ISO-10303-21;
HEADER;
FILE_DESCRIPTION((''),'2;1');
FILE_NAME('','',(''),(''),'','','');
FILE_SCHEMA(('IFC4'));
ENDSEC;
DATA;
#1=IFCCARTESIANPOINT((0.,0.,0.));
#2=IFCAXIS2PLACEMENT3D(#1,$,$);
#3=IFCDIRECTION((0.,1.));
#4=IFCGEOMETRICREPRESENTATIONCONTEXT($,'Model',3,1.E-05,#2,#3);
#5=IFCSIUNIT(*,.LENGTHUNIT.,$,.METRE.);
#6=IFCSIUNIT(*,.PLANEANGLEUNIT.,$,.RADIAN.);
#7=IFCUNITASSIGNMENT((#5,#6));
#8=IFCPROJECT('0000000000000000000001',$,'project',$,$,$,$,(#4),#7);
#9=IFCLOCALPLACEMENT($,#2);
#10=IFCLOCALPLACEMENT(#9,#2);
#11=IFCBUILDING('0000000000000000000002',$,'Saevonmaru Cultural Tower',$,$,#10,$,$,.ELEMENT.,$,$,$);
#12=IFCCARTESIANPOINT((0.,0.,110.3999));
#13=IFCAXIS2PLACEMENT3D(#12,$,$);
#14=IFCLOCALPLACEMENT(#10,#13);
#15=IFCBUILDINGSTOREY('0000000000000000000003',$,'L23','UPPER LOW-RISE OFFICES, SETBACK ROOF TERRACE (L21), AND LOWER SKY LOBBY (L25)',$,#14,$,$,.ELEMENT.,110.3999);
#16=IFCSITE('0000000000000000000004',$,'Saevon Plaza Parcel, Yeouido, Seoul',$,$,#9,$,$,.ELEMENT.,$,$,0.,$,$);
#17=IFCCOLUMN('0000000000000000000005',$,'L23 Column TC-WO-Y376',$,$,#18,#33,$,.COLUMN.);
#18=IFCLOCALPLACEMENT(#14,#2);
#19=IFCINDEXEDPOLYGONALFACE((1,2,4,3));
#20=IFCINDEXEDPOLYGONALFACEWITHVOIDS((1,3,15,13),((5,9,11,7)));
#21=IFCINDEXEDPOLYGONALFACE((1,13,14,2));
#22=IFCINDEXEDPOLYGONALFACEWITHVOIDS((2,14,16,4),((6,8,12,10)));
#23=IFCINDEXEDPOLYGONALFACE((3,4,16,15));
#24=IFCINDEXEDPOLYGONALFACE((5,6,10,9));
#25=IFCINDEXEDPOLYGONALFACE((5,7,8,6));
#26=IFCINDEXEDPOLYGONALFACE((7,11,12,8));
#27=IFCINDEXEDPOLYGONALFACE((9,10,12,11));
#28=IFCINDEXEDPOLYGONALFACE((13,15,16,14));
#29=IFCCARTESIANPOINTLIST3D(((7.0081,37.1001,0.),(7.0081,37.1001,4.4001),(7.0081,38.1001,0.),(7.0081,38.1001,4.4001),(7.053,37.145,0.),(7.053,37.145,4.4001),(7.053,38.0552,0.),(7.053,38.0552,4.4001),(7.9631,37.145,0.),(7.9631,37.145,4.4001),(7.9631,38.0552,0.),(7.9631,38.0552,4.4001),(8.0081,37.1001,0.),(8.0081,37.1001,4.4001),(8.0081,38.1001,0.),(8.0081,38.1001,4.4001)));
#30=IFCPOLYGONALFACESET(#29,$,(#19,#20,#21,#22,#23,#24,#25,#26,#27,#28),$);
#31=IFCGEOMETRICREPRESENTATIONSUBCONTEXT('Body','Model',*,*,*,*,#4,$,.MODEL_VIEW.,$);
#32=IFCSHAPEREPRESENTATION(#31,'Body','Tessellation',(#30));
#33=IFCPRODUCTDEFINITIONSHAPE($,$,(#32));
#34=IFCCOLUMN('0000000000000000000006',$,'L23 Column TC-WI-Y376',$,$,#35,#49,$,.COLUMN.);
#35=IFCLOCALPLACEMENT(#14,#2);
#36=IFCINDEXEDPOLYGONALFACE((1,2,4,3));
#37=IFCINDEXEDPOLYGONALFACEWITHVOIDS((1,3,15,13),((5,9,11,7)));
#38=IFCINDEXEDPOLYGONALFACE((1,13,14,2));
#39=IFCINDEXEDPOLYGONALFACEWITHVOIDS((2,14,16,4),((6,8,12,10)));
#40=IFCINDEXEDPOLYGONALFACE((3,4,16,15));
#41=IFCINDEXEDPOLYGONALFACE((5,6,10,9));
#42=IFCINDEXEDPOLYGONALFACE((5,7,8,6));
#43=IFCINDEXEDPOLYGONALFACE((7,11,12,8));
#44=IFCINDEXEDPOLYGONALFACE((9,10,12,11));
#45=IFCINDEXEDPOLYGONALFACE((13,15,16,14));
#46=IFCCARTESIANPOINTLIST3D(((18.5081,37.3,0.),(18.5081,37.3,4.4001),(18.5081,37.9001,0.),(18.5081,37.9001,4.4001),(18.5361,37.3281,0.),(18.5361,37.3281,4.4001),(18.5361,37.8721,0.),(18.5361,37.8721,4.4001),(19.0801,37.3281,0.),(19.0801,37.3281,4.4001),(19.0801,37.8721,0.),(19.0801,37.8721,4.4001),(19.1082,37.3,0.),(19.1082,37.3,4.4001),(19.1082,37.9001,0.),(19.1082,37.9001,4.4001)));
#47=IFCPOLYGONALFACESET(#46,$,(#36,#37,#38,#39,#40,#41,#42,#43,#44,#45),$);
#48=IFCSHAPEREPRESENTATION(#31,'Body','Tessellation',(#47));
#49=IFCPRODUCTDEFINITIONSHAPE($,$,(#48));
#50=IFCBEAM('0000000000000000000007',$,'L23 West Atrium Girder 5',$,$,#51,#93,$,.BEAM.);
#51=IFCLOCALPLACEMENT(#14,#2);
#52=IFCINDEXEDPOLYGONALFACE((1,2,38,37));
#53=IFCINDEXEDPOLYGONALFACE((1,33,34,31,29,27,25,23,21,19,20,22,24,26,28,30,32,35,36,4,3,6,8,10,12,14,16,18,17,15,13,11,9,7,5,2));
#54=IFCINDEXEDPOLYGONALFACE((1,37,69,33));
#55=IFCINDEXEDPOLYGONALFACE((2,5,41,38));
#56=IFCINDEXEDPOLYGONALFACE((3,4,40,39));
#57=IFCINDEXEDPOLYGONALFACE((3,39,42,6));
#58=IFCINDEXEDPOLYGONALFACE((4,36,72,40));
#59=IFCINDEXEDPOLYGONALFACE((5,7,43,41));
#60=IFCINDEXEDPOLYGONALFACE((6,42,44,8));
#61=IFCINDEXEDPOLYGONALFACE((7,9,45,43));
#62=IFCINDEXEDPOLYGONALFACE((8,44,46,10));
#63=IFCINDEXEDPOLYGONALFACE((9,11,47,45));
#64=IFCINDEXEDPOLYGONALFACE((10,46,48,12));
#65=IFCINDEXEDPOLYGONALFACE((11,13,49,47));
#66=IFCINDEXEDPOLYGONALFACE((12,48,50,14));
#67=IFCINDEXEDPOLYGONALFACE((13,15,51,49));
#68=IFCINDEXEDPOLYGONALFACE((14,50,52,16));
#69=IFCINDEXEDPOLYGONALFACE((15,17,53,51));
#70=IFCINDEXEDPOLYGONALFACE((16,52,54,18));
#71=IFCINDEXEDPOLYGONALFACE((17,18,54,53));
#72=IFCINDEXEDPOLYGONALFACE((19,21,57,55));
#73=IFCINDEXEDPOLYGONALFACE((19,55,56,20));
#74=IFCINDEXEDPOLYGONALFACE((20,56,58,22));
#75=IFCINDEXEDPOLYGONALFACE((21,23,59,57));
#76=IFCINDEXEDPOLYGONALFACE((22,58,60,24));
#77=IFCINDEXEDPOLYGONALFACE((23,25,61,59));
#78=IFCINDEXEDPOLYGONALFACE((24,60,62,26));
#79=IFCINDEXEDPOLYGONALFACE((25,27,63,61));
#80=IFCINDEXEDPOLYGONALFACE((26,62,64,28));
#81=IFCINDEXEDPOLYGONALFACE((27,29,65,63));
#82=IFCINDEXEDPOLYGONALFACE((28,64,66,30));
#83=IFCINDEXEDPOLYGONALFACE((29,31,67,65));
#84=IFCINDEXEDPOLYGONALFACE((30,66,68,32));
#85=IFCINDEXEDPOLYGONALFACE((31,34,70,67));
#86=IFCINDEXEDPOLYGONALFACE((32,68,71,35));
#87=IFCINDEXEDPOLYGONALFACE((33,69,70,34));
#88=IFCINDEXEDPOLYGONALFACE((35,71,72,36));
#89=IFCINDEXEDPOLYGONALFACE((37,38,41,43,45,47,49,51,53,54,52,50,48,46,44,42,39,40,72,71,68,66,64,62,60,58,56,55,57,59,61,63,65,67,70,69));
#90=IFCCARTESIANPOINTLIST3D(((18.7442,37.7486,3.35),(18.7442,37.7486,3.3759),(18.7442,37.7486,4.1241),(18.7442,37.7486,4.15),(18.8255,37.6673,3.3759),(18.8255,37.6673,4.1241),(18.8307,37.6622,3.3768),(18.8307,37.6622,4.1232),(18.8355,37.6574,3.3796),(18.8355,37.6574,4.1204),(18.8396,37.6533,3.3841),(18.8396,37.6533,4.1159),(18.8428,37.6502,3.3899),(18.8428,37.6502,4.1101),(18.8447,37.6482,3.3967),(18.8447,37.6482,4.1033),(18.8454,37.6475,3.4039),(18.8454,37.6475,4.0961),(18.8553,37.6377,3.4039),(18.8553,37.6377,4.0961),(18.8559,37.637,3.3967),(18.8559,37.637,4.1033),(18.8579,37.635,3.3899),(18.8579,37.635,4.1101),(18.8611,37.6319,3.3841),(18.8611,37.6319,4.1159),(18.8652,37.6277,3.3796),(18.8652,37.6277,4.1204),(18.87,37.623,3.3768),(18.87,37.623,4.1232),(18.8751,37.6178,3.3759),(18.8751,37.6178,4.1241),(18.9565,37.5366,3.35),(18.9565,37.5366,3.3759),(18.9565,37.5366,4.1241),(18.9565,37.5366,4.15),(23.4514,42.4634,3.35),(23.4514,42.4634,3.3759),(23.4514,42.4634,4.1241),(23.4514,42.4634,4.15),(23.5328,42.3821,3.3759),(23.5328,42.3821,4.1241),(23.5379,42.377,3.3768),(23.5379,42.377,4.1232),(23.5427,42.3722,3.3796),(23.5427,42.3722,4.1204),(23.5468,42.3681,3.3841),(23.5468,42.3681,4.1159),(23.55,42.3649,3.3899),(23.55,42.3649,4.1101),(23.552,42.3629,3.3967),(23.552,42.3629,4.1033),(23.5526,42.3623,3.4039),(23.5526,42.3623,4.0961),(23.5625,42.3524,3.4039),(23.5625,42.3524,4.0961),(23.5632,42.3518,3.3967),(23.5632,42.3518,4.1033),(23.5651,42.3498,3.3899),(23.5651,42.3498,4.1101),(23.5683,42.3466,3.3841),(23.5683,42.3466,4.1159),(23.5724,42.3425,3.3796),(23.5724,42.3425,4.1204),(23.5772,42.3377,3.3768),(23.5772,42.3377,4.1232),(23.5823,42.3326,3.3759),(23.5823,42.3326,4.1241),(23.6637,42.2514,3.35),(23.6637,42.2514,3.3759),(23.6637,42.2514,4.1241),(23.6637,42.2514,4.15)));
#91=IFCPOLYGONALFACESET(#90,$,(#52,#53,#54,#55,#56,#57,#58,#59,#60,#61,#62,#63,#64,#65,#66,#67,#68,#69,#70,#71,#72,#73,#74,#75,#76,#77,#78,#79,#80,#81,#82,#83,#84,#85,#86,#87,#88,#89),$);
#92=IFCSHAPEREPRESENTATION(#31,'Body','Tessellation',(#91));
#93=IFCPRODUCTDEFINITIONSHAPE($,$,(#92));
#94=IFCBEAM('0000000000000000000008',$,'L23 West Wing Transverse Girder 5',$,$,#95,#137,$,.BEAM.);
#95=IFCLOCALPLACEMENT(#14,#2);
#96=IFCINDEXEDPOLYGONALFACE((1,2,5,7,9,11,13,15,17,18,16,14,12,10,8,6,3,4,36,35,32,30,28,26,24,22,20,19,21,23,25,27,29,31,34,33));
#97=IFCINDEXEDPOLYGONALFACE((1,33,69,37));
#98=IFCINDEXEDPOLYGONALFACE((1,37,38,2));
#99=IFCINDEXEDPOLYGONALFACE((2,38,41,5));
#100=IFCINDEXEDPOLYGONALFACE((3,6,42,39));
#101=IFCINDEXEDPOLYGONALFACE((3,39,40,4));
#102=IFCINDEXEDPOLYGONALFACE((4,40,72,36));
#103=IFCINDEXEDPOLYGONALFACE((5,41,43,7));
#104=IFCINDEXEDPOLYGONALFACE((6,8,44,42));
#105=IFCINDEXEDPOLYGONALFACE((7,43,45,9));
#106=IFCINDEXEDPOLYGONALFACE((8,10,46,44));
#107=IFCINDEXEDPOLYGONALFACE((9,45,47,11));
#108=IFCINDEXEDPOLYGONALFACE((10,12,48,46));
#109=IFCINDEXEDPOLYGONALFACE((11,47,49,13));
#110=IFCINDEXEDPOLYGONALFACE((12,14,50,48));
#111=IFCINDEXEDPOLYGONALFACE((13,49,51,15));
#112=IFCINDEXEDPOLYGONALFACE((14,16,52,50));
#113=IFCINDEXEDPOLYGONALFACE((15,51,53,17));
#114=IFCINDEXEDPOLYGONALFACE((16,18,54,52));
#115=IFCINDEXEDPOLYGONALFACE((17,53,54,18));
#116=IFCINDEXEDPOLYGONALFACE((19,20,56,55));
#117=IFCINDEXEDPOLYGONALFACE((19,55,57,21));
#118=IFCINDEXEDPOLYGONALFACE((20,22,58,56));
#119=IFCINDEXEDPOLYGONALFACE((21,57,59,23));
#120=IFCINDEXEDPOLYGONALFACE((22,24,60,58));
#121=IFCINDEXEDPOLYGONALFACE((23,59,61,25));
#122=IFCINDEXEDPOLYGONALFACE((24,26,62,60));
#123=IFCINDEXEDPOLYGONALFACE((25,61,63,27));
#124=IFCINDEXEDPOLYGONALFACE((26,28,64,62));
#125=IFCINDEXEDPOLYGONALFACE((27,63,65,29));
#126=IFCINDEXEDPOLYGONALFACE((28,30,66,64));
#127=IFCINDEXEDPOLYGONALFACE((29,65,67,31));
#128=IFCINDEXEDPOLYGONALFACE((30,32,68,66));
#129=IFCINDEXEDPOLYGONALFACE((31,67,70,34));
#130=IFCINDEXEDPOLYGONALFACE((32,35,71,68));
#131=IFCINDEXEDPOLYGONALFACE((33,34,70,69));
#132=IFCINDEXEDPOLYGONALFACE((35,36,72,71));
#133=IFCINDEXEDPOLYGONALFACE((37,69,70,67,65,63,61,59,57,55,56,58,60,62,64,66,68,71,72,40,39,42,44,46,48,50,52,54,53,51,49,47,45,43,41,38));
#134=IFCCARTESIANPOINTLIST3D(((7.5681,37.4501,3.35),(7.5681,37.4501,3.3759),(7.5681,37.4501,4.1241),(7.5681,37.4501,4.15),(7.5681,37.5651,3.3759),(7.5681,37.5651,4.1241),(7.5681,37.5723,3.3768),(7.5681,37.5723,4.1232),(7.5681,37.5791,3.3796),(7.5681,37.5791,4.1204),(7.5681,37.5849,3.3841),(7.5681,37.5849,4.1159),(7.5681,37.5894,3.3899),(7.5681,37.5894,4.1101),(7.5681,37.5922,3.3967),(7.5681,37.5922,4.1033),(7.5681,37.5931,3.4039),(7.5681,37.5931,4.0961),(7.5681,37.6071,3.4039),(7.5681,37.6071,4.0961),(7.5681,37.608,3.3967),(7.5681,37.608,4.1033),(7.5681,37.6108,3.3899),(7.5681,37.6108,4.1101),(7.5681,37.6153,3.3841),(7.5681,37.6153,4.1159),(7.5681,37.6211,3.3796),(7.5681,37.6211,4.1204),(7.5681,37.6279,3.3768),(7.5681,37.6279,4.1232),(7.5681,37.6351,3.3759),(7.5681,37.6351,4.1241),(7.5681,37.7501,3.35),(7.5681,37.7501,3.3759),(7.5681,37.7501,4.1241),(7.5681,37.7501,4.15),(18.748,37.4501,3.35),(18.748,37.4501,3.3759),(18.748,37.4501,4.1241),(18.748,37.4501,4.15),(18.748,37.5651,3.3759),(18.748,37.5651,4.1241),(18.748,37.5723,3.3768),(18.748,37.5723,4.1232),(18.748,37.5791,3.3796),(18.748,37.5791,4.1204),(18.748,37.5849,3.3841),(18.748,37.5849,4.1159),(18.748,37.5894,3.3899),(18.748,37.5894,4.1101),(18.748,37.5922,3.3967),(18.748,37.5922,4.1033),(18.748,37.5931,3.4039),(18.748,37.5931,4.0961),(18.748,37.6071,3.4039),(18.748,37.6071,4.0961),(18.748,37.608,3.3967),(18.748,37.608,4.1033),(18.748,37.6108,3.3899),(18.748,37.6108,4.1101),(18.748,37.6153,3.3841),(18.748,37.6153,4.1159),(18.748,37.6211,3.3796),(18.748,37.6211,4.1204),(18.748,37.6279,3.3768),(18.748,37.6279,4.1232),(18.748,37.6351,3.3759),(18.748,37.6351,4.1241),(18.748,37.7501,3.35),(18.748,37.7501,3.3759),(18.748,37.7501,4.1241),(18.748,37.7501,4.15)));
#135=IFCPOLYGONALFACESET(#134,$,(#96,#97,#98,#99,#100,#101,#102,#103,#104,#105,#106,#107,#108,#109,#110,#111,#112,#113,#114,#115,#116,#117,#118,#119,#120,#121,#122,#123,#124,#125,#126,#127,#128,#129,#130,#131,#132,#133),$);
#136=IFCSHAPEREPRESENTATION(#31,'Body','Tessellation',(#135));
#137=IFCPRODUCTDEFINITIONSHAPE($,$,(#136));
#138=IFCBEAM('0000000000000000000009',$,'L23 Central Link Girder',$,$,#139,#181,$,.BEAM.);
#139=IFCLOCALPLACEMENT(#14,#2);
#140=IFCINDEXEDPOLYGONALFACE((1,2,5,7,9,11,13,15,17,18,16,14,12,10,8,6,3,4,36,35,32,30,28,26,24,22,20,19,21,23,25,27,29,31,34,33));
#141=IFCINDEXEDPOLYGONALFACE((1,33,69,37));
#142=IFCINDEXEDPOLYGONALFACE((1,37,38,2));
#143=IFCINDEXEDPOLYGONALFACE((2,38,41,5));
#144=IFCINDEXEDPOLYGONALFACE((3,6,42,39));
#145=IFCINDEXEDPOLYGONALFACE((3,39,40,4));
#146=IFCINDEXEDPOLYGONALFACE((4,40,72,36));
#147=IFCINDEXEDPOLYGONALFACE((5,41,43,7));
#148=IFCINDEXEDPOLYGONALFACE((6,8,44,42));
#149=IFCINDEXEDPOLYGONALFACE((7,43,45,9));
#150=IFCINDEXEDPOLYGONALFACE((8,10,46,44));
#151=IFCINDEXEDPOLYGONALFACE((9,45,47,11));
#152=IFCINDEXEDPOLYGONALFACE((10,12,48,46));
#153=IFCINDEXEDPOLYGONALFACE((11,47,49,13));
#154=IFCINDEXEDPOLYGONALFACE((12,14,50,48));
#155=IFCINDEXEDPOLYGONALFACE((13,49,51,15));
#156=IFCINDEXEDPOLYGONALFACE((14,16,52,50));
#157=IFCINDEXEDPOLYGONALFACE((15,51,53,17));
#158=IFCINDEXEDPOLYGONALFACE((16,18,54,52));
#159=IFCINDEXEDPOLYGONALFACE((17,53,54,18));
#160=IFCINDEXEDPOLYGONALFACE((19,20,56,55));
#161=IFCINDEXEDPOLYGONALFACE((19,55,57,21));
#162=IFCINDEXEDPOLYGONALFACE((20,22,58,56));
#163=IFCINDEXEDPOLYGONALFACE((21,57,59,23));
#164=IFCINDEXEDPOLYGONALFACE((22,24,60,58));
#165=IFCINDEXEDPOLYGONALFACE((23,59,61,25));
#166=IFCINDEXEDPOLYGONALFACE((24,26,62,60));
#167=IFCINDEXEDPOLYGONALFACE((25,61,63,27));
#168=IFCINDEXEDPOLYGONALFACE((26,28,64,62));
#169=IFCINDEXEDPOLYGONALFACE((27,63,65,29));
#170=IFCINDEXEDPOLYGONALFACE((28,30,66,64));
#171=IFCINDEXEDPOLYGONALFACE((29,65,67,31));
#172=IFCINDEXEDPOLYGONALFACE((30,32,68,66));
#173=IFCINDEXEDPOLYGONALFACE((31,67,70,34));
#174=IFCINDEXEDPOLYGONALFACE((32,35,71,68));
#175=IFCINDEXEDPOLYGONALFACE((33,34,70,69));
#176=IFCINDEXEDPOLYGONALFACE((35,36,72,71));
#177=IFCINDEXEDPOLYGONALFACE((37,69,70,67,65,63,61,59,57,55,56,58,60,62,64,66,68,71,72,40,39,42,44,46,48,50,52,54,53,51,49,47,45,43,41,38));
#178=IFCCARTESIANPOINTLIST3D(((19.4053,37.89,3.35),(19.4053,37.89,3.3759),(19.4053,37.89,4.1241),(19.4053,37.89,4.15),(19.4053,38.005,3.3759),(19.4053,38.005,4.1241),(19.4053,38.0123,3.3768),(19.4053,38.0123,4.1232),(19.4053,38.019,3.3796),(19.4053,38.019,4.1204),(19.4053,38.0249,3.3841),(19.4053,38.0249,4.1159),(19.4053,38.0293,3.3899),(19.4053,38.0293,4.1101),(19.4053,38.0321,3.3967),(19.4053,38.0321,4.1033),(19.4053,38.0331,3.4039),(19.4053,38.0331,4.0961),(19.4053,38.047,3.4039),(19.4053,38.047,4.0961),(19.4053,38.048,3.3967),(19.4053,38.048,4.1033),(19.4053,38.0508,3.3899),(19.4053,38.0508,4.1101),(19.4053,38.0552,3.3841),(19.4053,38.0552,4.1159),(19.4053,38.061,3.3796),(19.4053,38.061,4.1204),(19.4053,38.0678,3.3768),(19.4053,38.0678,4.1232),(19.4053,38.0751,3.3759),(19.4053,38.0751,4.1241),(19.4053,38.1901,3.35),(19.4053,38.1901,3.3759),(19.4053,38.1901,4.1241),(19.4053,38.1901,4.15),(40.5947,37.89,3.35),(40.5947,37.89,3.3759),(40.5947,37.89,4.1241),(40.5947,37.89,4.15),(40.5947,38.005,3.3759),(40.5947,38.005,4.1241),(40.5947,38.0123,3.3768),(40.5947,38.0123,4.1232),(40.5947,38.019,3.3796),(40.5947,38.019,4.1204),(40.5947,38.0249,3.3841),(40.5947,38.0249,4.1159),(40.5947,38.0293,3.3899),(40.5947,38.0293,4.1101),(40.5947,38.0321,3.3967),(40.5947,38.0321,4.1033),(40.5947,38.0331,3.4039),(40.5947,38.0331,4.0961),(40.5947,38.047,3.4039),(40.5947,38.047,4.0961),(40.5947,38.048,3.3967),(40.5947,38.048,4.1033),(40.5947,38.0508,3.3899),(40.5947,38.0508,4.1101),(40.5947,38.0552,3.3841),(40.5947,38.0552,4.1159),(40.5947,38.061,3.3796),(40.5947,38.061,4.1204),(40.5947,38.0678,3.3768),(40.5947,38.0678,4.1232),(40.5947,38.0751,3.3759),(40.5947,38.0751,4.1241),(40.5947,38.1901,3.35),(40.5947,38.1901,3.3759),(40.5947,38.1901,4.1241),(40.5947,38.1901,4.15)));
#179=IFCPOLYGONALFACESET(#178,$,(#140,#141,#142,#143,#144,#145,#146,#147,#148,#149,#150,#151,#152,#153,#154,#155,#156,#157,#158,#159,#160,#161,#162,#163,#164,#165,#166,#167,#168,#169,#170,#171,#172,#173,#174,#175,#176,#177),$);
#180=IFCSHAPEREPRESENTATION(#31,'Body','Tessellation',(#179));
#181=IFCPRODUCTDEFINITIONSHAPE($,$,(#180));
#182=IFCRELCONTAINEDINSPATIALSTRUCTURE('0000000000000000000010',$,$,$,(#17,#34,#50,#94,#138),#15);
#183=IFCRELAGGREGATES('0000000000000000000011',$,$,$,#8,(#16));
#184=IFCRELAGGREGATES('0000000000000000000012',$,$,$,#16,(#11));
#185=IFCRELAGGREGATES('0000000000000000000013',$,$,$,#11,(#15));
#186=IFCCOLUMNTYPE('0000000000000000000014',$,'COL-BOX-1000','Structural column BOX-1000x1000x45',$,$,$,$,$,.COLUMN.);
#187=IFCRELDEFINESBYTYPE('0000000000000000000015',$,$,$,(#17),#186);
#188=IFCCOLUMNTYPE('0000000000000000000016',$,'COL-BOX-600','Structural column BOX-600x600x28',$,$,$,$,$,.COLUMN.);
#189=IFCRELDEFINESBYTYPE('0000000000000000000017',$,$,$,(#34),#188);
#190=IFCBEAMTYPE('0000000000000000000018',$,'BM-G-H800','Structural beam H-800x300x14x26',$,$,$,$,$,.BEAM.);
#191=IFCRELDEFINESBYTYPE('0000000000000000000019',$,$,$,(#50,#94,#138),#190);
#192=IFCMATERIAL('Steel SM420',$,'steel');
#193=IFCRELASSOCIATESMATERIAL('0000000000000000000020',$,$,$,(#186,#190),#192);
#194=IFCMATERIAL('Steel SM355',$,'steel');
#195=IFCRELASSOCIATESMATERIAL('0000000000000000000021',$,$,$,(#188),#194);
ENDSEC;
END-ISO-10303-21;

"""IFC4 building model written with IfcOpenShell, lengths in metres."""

from ifc_helpers import new_model, si_unit, direction, frame, origin, origin_2d, place, context, subcontext, project, spatial, hollow_rectangle, i_section, extrude, material, material_profile, profile_set, type_object, element, save


model = new_model("IFC4")

# Units and contexts
model_context = context("Model", 3, precision=1e-05, world=origin(), true_north=direction((0.0, 1.0)))
body_context = subcontext(model_context, "Body", "Model", "MODEL_VIEW")
ifc_project = project(units=[si_unit("LENGTHUNIT", "METRE"), si_unit("PLANEANGLEUNIT", "RADIAN")], contexts=[model_context])

# Site, building, storey
site_placement = place(None, origin())
site = spatial("IfcSite", under=ifc_project, at=site_placement, Name="Saevon Plaza Parcel, Yeouido, Seoul", CompositionType="ELEMENT", RefElevation=0.0)
building_placement = place(site_placement, origin())
building = spatial("IfcBuilding", under=site, at=building_placement, Name="Saevonmaru Cultural Tower", CompositionType="ELEMENT")
storey_placement = place(building_placement, frame((0.0, 0.0, 110.3999)))
storey = spatial("IfcBuildingStorey", under=building, at=storey_placement, Name="L23", Description="UPPER LOW-RISE OFFICES, SETBACK ROOF TERRACE (L21), AND LOWER SKY LOBBY (L25)", CompositionType="ELEMENT", Elevation=110.3999)

# Columns
ifc_material_1 = material(Name="Steel SM420", Category="steel")
ifc_material_profile_1 = material_profile(ifc_material_1, hollow_rectangle(XDim=1.0, YDim=1.0, WallThickness=0.0449, at=origin_2d()), Name="BOX-1000x1000x45")
ifc_profile_set_1 = profile_set([ifc_material_profile_1], Name="Steel SM420")
column_type_1 = type_object("IfcColumnType", Name="COL-BOX-1000", Description="Structural column BOX-1000x1000x45", PredefinedType="COLUMN", material=ifc_profile_set_1)
column_1_placement = place(storey_placement, frame((7.5081, 37.6001, 0.0), z_axis=(0.0, 0.0, 1.0), x_axis=(1.0, 0.0, 0.0)))
element("IfcColumn", 1, at=column_1_placement, inside=storey, type_object=column_type_1, Name="L23 Column TC-WO-Y376", PredefinedType="COLUMN", context=body_context, shape_type="SweptSolid", body=[
    extrude(hollow_rectangle(XDim=1.0, YDim=1.0, WallThickness=0.0449, at=origin_2d()), origin(), (0.0, 0.0, 1.0), 4.4001),
])
ifc_material_2 = material(Name="Steel SM355", Category="steel")
ifc_material_profile_2 = material_profile(ifc_material_2, hollow_rectangle(XDim=0.6001, YDim=0.6001, WallThickness=0.0281, at=origin_2d()), Name="BOX-600x600x28")
ifc_profile_set_2 = profile_set([ifc_material_profile_2], Name="Steel SM355")
column_type_2 = type_object("IfcColumnType", Name="COL-BOX-600", Description="Structural column BOX-600x600x28", PredefinedType="COLUMN", material=ifc_profile_set_2)
column_2_placement = place(storey_placement, frame((18.8081, 37.6001, 0.0), z_axis=(0.0, 0.0, 1.0), x_axis=(1.0, 0.0, 0.0)))
element("IfcColumn", 2, at=column_2_placement, inside=storey, type_object=column_type_2, Name="L23 Column TC-WI-Y376", PredefinedType="COLUMN", context=body_context, shape_type="SweptSolid", body=[
    extrude(hollow_rectangle(XDim=0.6001, YDim=0.6001, WallThickness=0.0281, at=origin_2d()), origin(), (0.0, 0.0, 1.0), 4.4001),
])

# Beams
ifc_material_profile_3 = material_profile(ifc_material_1, i_section(OverallWidth=0.3, OverallDepth=0.8, WebThickness=0.0139, FlangeThickness=0.0259, FilletRadius=0.0281, at=origin_2d()), Name="H-800x300x14x26")
ifc_profile_set_3 = profile_set([ifc_material_profile_3], Name="Steel SM420")
beam_type_1 = type_object("IfcBeamType", Name="BM-G-H800", Description="Structural beam H-800x300x14x26", PredefinedType="BEAM", material=ifc_profile_set_3)
beam_1_placement = place(storey_placement, frame((18.8503, 37.6426, 3.75), z_axis=(0.706539, 0.707675, 0.0), x_axis=(-0.707675, 0.706539, 0.0)))
element("IfcBeam", 3, at=beam_1_placement, inside=storey, type_object=beam_type_1, Name="L23 West Atrium Girder 5", PredefinedType="BEAM", context=body_context, shape_type="SweptSolid", body=[
    extrude(i_section(OverallWidth=0.3, OverallDepth=0.8, WebThickness=0.0139, FlangeThickness=0.0259, FilletRadius=0.0281, at=origin_2d()), origin(), (0.0, 0.0, 1.0), 6.6624),
])
beam_2_placement = place(storey_placement, frame((7.5681, 37.6001, 3.75), z_axis=(1.0, 0.0, 0.0), x_axis=(0.0, 1.0, 0.0)))
element("IfcBeam", 4, at=beam_2_placement, inside=storey, type_object=beam_type_1, Name="L23 West Wing Transverse Girder 5", PredefinedType="BEAM", context=body_context, shape_type="SweptSolid", body=[
    extrude(i_section(OverallWidth=0.3, OverallDepth=0.8, WebThickness=0.0139, FlangeThickness=0.0259, FilletRadius=0.0281, at=origin_2d()), origin(), (0.0, 0.0, 1.0), 11.1799),
])
beam_3_placement = place(storey_placement, frame((19.4053, 38.04, 3.75), z_axis=(1.0, 0.0, 0.0), x_axis=(0.0, 1.0, 0.0)))
element("IfcBeam", 5, at=beam_3_placement, inside=storey, type_object=beam_type_1, Name="L23 Central Link Girder", PredefinedType="BEAM", context=body_context, shape_type="SweptSolid", body=[
    extrude(i_section(OverallWidth=0.3, OverallDepth=0.8, WebThickness=0.0139, FlangeThickness=0.0259, FilletRadius=0.0281, at=origin_2d()), origin(), (0.0, 0.0, 1.0), 21.1895),
])

save(model, "model.ifc")
